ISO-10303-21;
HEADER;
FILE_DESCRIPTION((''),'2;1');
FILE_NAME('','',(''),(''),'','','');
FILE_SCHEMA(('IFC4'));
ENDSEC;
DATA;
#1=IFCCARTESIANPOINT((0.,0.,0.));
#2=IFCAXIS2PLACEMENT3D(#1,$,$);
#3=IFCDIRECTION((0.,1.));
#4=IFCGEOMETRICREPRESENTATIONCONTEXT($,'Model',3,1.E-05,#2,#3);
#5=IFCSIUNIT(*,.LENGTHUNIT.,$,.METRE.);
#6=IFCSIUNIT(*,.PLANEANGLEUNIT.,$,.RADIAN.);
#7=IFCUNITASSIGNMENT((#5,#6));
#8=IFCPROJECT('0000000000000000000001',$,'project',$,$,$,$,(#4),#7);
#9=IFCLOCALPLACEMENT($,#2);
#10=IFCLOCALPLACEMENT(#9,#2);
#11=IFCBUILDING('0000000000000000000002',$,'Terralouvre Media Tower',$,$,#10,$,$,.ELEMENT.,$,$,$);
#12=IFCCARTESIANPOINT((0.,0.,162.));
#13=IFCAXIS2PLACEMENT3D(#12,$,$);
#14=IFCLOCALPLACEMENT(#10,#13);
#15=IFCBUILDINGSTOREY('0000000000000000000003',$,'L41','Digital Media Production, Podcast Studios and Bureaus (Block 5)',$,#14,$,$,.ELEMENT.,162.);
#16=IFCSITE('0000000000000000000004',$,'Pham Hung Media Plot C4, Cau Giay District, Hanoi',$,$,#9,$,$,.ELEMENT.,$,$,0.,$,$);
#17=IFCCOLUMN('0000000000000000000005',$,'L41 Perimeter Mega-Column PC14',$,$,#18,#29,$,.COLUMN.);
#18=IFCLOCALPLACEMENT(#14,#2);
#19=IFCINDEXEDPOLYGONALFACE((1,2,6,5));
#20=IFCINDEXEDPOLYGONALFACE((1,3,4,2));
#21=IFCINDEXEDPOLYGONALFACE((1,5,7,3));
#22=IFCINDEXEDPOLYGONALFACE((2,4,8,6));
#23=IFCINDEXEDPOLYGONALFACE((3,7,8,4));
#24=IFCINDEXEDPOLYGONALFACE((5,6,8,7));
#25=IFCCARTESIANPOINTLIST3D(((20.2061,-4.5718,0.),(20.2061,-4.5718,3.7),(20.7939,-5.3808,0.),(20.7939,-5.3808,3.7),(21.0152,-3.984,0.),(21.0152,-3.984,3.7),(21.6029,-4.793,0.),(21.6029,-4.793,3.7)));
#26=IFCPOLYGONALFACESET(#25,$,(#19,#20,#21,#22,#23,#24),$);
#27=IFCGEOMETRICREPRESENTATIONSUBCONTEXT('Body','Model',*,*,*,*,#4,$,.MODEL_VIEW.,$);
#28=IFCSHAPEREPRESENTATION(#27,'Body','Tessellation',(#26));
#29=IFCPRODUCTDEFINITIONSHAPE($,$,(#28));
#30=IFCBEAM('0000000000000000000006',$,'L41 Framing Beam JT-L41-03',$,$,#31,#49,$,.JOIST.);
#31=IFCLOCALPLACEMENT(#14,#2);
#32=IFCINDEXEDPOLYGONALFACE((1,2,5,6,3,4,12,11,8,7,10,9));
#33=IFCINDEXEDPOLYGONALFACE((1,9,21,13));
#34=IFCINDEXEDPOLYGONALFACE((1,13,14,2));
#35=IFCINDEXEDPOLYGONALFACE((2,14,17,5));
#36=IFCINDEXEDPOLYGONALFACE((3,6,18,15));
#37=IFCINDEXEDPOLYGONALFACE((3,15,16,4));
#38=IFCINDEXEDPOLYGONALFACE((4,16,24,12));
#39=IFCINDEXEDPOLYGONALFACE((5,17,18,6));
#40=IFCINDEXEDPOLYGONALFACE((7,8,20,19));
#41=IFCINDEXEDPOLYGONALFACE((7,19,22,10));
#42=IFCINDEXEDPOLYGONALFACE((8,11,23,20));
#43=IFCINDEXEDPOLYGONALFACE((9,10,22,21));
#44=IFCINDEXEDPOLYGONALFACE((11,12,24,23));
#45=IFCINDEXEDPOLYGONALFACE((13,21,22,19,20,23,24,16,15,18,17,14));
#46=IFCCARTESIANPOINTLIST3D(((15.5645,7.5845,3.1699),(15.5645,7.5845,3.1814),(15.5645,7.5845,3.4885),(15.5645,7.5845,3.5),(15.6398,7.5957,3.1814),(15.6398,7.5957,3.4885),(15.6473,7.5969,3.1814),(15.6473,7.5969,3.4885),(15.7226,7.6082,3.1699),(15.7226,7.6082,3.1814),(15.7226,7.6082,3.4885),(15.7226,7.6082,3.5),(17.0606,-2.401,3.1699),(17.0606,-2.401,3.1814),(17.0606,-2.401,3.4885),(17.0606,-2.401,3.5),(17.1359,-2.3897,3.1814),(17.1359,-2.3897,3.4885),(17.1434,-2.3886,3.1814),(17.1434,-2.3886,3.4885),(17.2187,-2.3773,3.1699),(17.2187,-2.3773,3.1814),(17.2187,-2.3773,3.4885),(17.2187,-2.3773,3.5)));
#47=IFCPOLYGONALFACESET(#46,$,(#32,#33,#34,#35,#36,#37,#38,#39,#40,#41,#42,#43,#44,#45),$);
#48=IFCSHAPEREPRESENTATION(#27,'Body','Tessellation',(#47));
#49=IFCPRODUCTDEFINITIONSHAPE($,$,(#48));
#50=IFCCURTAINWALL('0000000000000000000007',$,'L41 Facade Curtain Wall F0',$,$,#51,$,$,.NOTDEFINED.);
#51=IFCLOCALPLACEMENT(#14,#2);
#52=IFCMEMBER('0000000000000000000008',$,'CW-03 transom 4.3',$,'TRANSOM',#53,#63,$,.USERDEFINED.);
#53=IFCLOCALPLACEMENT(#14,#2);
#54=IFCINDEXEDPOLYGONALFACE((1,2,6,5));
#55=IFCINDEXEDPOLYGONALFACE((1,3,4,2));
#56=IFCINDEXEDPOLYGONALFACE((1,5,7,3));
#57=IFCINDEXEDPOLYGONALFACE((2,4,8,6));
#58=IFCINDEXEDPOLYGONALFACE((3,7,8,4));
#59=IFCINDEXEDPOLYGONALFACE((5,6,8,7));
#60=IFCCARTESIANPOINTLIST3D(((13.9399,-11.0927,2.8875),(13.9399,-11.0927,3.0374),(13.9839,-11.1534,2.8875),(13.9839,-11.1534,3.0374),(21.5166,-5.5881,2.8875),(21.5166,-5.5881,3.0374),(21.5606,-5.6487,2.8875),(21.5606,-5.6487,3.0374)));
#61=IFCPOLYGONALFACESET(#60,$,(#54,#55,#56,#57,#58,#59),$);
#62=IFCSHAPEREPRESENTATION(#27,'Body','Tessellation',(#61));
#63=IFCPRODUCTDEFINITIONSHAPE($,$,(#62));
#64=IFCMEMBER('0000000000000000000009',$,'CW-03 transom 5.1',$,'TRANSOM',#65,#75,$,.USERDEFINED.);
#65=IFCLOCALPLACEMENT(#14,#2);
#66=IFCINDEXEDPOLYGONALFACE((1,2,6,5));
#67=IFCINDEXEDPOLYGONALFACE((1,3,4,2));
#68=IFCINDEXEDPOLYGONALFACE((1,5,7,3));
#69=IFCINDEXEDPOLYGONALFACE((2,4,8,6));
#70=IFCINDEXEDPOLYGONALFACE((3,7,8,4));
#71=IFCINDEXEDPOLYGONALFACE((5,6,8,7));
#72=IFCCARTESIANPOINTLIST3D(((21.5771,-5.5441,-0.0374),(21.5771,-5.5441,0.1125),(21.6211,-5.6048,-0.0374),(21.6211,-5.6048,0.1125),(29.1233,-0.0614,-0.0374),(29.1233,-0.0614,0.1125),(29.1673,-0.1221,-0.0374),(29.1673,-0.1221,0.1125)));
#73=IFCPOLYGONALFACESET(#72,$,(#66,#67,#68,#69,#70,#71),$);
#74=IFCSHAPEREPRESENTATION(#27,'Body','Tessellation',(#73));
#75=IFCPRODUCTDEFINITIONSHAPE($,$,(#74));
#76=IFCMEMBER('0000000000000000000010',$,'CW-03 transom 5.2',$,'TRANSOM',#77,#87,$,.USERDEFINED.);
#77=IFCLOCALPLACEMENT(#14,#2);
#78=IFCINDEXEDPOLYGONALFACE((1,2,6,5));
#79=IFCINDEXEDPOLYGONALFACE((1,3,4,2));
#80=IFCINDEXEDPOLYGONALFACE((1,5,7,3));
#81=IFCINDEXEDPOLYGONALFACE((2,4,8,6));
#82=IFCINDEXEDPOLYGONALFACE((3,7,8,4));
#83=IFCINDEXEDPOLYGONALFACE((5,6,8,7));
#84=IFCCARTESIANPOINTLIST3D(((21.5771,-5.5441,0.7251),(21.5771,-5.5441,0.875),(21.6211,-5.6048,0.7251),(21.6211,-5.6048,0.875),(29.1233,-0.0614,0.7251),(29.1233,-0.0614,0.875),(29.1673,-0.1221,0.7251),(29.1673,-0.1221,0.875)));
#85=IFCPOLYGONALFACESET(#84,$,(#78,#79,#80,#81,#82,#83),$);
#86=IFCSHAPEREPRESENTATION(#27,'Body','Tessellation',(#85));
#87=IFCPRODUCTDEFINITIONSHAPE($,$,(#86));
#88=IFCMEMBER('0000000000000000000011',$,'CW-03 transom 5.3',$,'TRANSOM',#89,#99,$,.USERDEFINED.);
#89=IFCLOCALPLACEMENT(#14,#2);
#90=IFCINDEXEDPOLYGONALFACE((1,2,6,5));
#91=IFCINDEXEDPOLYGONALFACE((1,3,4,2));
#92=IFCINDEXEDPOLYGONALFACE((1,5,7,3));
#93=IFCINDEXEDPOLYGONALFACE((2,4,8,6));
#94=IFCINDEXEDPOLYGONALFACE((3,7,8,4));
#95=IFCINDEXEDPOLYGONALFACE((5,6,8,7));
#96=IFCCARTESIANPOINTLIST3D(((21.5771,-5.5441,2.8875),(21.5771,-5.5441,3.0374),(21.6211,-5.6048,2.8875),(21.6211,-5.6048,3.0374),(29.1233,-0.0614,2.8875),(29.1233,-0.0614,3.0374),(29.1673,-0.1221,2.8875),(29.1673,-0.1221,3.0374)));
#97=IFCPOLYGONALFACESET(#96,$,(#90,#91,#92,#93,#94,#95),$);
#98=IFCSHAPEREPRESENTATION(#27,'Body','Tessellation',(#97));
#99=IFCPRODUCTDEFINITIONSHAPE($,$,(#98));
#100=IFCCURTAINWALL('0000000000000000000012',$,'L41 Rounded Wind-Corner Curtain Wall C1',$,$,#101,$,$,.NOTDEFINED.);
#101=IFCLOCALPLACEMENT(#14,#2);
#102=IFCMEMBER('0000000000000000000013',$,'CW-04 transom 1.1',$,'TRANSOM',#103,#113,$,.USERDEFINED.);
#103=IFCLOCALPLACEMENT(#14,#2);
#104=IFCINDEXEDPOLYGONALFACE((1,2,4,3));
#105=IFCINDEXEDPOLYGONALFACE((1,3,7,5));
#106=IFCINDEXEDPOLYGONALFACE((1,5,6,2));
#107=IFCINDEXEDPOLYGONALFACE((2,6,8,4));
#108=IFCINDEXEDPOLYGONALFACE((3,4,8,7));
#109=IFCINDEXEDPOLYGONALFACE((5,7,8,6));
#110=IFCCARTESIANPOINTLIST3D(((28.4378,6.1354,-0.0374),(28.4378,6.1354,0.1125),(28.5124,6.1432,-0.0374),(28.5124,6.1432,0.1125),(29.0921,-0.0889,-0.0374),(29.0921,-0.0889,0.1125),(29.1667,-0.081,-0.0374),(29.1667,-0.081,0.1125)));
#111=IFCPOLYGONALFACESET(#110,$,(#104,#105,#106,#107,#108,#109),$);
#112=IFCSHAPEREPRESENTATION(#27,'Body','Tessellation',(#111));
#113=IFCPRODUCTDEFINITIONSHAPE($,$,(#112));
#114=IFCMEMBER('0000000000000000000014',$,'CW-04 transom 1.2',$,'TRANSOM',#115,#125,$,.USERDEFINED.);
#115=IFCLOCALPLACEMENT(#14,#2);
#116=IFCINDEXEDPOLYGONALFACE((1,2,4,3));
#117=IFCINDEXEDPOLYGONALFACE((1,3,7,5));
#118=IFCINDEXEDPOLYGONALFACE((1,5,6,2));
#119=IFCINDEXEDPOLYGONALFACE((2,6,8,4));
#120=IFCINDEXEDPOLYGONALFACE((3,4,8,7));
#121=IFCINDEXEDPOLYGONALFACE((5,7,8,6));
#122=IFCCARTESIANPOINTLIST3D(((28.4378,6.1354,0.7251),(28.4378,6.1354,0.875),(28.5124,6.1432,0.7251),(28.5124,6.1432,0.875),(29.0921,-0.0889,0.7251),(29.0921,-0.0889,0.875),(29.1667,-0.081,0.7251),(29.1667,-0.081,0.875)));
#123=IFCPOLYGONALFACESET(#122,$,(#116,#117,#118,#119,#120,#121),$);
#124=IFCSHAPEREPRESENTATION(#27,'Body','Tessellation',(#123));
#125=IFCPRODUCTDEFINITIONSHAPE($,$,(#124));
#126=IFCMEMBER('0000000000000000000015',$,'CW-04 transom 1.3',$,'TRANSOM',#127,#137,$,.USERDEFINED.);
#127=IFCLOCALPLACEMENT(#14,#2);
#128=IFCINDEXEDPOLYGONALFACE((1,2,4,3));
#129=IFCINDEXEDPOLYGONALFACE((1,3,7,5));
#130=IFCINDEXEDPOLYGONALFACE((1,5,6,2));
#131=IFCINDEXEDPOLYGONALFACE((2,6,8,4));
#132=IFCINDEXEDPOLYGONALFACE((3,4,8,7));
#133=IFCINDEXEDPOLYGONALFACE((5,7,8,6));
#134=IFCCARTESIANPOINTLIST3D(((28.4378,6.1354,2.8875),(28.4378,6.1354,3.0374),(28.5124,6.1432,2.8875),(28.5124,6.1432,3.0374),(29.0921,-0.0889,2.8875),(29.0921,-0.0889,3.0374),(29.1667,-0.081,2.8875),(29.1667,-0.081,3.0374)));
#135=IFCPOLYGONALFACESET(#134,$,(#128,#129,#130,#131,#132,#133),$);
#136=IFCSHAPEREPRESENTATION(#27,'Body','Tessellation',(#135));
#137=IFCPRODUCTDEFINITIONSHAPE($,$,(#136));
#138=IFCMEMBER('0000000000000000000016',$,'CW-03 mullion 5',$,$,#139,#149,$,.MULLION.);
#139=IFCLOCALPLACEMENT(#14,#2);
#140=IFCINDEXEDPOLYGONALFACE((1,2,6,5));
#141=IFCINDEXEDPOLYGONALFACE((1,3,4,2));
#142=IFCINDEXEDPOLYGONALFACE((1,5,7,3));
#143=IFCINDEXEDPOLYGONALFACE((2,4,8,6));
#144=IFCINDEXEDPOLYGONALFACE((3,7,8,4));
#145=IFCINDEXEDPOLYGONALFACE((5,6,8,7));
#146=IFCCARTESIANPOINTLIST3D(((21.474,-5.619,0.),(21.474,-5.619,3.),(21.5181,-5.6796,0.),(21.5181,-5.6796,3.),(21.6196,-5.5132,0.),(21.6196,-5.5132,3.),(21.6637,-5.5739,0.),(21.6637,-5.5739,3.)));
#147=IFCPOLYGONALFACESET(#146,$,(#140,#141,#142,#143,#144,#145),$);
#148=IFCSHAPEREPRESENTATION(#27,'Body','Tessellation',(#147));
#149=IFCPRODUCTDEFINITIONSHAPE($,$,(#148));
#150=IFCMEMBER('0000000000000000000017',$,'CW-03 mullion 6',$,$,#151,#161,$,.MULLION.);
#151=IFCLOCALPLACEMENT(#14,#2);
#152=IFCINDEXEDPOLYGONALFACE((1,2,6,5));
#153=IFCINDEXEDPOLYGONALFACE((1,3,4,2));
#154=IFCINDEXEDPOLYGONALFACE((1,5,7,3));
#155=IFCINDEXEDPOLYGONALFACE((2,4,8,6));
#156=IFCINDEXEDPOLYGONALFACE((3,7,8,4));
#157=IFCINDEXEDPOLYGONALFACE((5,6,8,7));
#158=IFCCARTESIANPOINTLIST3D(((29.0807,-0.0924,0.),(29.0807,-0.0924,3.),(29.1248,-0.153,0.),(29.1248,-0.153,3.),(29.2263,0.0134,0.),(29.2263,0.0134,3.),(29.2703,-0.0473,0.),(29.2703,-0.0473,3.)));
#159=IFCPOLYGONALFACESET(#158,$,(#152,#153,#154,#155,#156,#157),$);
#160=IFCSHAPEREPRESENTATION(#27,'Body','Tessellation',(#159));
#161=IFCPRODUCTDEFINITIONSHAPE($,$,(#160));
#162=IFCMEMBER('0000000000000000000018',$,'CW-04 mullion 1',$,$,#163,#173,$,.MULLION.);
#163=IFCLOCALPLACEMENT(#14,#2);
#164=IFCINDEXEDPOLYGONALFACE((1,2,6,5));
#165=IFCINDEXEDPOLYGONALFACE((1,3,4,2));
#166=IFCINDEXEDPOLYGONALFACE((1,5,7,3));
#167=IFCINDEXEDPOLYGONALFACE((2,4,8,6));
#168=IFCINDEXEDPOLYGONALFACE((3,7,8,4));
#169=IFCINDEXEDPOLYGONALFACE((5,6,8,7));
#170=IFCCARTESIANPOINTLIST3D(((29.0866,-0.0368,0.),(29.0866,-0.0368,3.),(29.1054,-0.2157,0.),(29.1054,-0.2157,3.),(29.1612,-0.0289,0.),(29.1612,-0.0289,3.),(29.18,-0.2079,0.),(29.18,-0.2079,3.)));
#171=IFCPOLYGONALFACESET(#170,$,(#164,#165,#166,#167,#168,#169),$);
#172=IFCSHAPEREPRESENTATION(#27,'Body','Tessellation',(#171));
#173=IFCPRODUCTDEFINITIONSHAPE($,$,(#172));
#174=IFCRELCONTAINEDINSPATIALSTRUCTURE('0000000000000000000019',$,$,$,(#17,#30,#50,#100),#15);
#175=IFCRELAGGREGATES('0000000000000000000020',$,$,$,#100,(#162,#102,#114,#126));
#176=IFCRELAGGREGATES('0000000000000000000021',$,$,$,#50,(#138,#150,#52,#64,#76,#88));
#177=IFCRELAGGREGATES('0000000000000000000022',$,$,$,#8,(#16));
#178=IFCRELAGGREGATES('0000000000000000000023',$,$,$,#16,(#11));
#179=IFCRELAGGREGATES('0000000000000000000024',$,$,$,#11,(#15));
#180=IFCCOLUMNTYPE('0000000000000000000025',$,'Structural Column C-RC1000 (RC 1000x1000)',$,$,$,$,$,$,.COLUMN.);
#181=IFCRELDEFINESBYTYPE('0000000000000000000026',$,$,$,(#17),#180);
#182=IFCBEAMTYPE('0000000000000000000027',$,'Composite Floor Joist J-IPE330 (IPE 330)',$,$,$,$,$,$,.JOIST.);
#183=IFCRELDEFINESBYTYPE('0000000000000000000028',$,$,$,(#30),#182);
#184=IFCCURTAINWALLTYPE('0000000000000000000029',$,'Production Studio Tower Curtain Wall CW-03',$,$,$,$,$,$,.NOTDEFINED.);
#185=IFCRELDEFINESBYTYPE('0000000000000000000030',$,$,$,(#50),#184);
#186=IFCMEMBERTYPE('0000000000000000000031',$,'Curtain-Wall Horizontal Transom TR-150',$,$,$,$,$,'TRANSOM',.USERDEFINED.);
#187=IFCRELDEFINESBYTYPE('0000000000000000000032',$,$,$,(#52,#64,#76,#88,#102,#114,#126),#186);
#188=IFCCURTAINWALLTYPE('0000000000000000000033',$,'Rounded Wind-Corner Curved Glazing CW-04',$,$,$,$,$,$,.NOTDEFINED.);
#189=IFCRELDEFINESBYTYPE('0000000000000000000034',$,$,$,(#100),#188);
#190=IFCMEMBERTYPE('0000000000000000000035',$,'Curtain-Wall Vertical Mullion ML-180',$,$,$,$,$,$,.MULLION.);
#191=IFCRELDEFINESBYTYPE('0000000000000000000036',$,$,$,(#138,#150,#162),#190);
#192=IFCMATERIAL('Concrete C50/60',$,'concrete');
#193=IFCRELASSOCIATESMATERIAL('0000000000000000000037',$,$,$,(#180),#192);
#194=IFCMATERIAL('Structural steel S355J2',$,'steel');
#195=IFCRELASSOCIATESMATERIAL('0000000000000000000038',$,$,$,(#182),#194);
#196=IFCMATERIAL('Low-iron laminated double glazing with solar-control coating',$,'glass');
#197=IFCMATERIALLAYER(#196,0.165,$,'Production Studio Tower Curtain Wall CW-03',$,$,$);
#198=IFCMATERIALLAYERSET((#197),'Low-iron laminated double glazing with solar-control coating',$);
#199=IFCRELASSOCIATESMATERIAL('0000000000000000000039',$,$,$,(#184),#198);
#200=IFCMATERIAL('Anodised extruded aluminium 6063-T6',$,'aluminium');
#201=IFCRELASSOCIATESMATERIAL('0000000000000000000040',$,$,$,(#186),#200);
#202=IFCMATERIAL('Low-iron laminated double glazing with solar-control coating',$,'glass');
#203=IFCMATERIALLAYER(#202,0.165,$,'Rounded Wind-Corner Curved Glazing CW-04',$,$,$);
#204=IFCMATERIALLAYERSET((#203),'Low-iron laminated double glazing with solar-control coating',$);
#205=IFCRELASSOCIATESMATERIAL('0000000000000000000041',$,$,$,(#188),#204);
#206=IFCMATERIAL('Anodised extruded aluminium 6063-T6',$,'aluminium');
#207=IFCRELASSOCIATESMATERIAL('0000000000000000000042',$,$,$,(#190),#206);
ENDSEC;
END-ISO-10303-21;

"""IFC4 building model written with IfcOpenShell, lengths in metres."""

from ifc_helpers import new_model, si_unit, direction, frame, origin, origin_2d, place, context, subcontext, project, spatial, rectangle, i_section, extrude, material, layer, layer_set, material_profile, profile_set, type_object, element, aggregate, save


model = new_model("IFC4")

# Units and contexts
model_context = context("Model", 3, precision=1e-05, world=origin(), true_north=direction((0.0, 1.0)))
body_context = subcontext(model_context, "Body", "Model", "MODEL_VIEW")
ifc_project = project(units=[si_unit("LENGTHUNIT", "METRE"), si_unit("PLANEANGLEUNIT", "RADIAN")], contexts=[model_context])

# Site, building, storey
site_placement = place(None, origin())
site = spatial("IfcSite", under=ifc_project, at=site_placement, Name="Pham Hung Media Plot C4, Cau Giay District, Hanoi", CompositionType="ELEMENT", RefElevation=0.0)
building_placement = place(site_placement, origin())
building = spatial("IfcBuilding", under=site, at=building_placement, Name="Terralouvre Media Tower", CompositionType="ELEMENT")
storey_placement = place(building_placement, frame((0.0, 0.0, 162.0)))
storey = spatial("IfcBuildingStorey", under=building, at=storey_placement, Name="L41", Description="Digital Media Production, Podcast Studios and Bureaus (Block 5)", CompositionType="ELEMENT", Elevation=162.0)

# Column
ifc_material_1 = material(Name="Concrete C50/60", Category="concrete")
ifc_material_profile_1 = material_profile(ifc_material_1, rectangle(XDim=1.0, YDim=1.0, at=origin_2d()), Name="RC 1000x1000")
ifc_profile_set_1 = profile_set([ifc_material_profile_1], Name="Concrete C50/60")
column_type = type_object("IfcColumnType", Name="Structural Column C-RC1000 (RC 1000x1000)", PredefinedType="COLUMN", material=ifc_profile_set_1)
column_placement = place(storey_placement, frame((20.9045, -4.6824, 0.0), z_axis=(0.0, 0.0, 1.0), x_axis=(0.809017, 0.587785, 0.0)))
element("IfcColumn", 1, at=column_placement, inside=storey, type_object=column_type, Name="L41 Perimeter Mega-Column PC14", PredefinedType="COLUMN", context=body_context, shape_type="SweptSolid", body=[
    extrude(rectangle(XDim=1.0, YDim=1.0, at=origin_2d()), origin(), (0.0, 0.0, 1.0), 3.7),
])

# Beam
ifc_material_2 = material(Name="Structural steel S355J2", Category="steel")
ifc_material_profile_2 = material_profile(ifc_material_2, i_section(OverallWidth=0.1599, OverallDepth=0.3301, WebThickness=0.0076, FlangeThickness=0.0115, at=origin_2d()), Name="IPE 330")
ifc_profile_set_2 = profile_set([ifc_material_profile_2], Name="Structural steel S355J2")
beam_type_1 = type_object("IfcBeamType", Name="Composite Floor Joist J-IPE330 (IPE 330)", PredefinedType="JOIST", material=ifc_profile_set_2)
beam_1_placement = place(storey_placement, frame((17.1396, -2.3892, 3.335), z_axis=(-0.148175, 0.988961, 0.0), x_axis=(-0.988961, -0.148175, 0.0)))
element("IfcBeam", 2, at=beam_1_placement, inside=storey, type_object=beam_type_1, Name="L41 Framing Beam JT-L41-03", PredefinedType="JOIST", context=body_context, shape_type="SweptSolid", body=[
    extrude(i_section(OverallWidth=0.1599, OverallDepth=0.3301, WebThickness=0.0076, FlangeThickness=0.0115, at=origin_2d()), origin(), (0.0, 0.0, 1.0), 10.0969),
])

# Curtain walls, members
ifc_material_3 = material(Name="Low-iron laminated double glazing with solar-control coating", Category="glass")
ifc_layer_1 = layer(ifc_material_3, 0.165, Name="Production Studio Tower Curtain Wall CW-03")
ifc_layer_set_1 = layer_set([ifc_layer_1], Name="Low-iron laminated double glazing with solar-control coating")
curtain_wall_type_1 = type_object("IfcCurtainWallType", Name="Production Studio Tower Curtain Wall CW-03", PredefinedType="NOTDEFINED", material=ifc_layer_set_1)
curtain_wall_1_placement = place(storey_placement, origin())
curtain_wall_1 = element("IfcCurtainWall", 3, at=curtain_wall_1_placement, inside=storey, type_object=curtain_wall_type_1, Name="L41 Facade Curtain Wall F0", PredefinedType="NOTDEFINED")
ifc_material_4 = material(Name="Anodised extruded aluminium 6063-T6", Category="aluminium")
ifc_material_profile_3 = material_profile(ifc_material_4, rectangle(XDim=0.075, YDim=0.1499, at=origin_2d()), Name="ALU 75x150")
ifc_profile_set_3 = profile_set([ifc_material_profile_3], Name="Anodised extruded aluminium 6063-T6")
member_type_1 = type_object("IfcMemberType", Name="Curtain-Wall Horizontal Transom TR-150", ElementType="TRANSOM", PredefinedType="USERDEFINED", material=ifc_profile_set_3)
member_1_placement = place(storey_placement, frame((13.9619, -11.123, 2.9624), z_axis=(0.809023, 0.587776, 0.0), x_axis=(-0.587776, 0.809023, 0.0)))
member_1 = element("IfcMember", 4, at=member_1_placement, type_object=member_type_1, Name="CW-03 transom 4.3", ObjectType="TRANSOM", PredefinedType="USERDEFINED", context=body_context, shape_type="SweptSolid", body=[
    extrude(rectangle(XDim=0.075, YDim=0.1499, at=origin_2d()), origin(), (0.0, 0.0, 1.0), 9.3652),
])
member_2_placement = place(storey_placement, frame((21.5991, -5.5745, 0.0376), z_axis=(0.809013, 0.58779, 0.0), x_axis=(-0.58779, 0.809013, 0.0)))
member_2 = element("IfcMember", 5, at=member_2_placement, type_object=member_type_1, Name="CW-03 transom 5.1", ObjectType="TRANSOM", PredefinedType="USERDEFINED", context=body_context, shape_type="SweptSolid", body=[
    extrude(rectangle(XDim=0.075, YDim=0.1499, at=origin_2d()), origin(), (0.0, 0.0, 1.0), 9.3276),
])
member_3_placement = place(storey_placement, frame((21.5991, -5.5745, 0.8), z_axis=(0.809013, 0.58779, 0.0), x_axis=(-0.58779, 0.809013, 0.0)))
member_3 = element("IfcMember", 6, at=member_3_placement, type_object=member_type_1, Name="CW-03 transom 5.2", ObjectType="TRANSOM", PredefinedType="USERDEFINED", context=body_context, shape_type="SweptSolid", body=[
    extrude(rectangle(XDim=0.075, YDim=0.1499, at=origin_2d()), origin(), (0.0, 0.0, 1.0), 9.3276),
])
member_4_placement = place(storey_placement, frame((21.5991, -5.5745, 2.9624), z_axis=(0.809013, 0.58779, 0.0), x_axis=(-0.58779, 0.809013, 0.0)))
member_4 = element("IfcMember", 7, at=member_4_placement, type_object=member_type_1, Name="CW-03 transom 5.3", ObjectType="TRANSOM", PredefinedType="USERDEFINED", context=body_context, shape_type="SweptSolid", body=[
    extrude(rectangle(XDim=0.075, YDim=0.1499, at=origin_2d()), origin(), (0.0, 0.0, 1.0), 9.3276),
])
ifc_material_5 = material(Name="Low-iron laminated double glazing with solar-control coating", Category="glass")
ifc_layer_2 = layer(ifc_material_5, 0.165, Name="Rounded Wind-Corner Curved Glazing CW-04")
ifc_layer_set_2 = layer_set([ifc_layer_2], Name="Low-iron laminated double glazing with solar-control coating")
curtain_wall_type_2 = type_object("IfcCurtainWallType", Name="Rounded Wind-Corner Curved Glazing CW-04", PredefinedType="NOTDEFINED", material=ifc_layer_set_2)
curtain_wall_2_placement = place(storey_placement, origin())
curtain_wall_2 = element("IfcCurtainWall", 8, at=curtain_wall_2_placement, inside=storey, type_object=curtain_wall_type_2, Name="L41 Rounded Wind-Corner Curtain Wall C1", PredefinedType="NOTDEFINED")
member_5_placement = place(storey_placement, frame((29.1294, -0.085, 0.0376), z_axis=(-0.104543, 0.99452, 0.0), x_axis=(-0.99452, -0.104543, 0.0)))
member_5 = element("IfcMember", 9, at=member_5_placement, type_object=member_type_1, Name="CW-04 transom 1.1", ObjectType="TRANSOM", PredefinedType="USERDEFINED", context=body_context, shape_type="SweptSolid", body=[
    extrude(rectangle(XDim=0.075, YDim=0.1499, at=origin_2d()), origin(), (0.0, 0.0, 1.0), 6.2585),
])
member_6_placement = place(storey_placement, frame((29.1294, -0.085, 0.8), z_axis=(-0.104543, 0.99452, 0.0), x_axis=(-0.99452, -0.104543, 0.0)))
member_6 = element("IfcMember", 10, at=member_6_placement, type_object=member_type_1, Name="CW-04 transom 1.2", ObjectType="TRANSOM", PredefinedType="USERDEFINED", context=body_context, shape_type="SweptSolid", body=[
    extrude(rectangle(XDim=0.075, YDim=0.1499, at=origin_2d()), origin(), (0.0, 0.0, 1.0), 6.2585),
])
member_7_placement = place(storey_placement, frame((29.1294, -0.085, 2.9624), z_axis=(-0.104543, 0.99452, 0.0), x_axis=(-0.99452, -0.104543, 0.0)))
member_7 = element("IfcMember", 11, at=member_7_placement, type_object=member_type_1, Name="CW-04 transom 1.3", ObjectType="TRANSOM", PredefinedType="USERDEFINED", context=body_context, shape_type="SweptSolid", body=[
    extrude(rectangle(XDim=0.075, YDim=0.1499, at=origin_2d()), origin(), (0.0, 0.0, 1.0), 6.2585),
])

# Members
ifc_material_6 = material(Name="Anodised extruded aluminium 6063-T6", Category="aluminium")
ifc_material_profile_4 = material_profile(ifc_material_6, rectangle(XDim=0.075, YDim=0.1799, at=origin_2d()), Name="ALU 75x180")
ifc_profile_set_4 = profile_set([ifc_material_profile_4], Name="Anodised extruded aluminium 6063-T6")
member_type_2 = type_object("IfcMemberType", Name="Curtain-Wall Vertical Mullion ML-180", PredefinedType="MULLION", material=ifc_profile_set_4)
member_8_placement = place(storey_placement, frame((21.5688, -5.5964, 0.0), z_axis=(0.0, 0.0, 1.0), x_axis=(-0.587785, 0.809017, 0.0)))
member_8 = element("IfcMember", 12, at=member_8_placement, type_object=member_type_2, Name="CW-03 mullion 5", PredefinedType="MULLION", context=body_context, shape_type="SweptSolid", body=[
    extrude(rectangle(XDim=0.075, YDim=0.1799, at=origin_2d()), origin(), (0.0, 0.0, 1.0), 3.0),
])
member_9_placement = place(storey_placement, frame((29.1755, -0.0698, 0.0), z_axis=(0.0, 0.0, 1.0), x_axis=(-0.587785, 0.809017, 0.0)))
member_9 = element("IfcMember", 13, at=member_9_placement, type_object=member_type_2, Name="CW-03 mullion 6", PredefinedType="MULLION", context=body_context, shape_type="SweptSolid", body=[
    extrude(rectangle(XDim=0.075, YDim=0.1799, at=origin_2d()), origin(), (0.0, 0.0, 1.0), 3.0),
])
member_10_placement = place(storey_placement, frame((29.1333, -0.1223, 0.0), z_axis=(0.0, 0.0, 1.0), x_axis=(-0.994522, -0.104529, 0.0)))
member_10 = element("IfcMember", 14, at=member_10_placement, type_object=member_type_2, Name="CW-04 mullion 1", PredefinedType="MULLION", context=body_context, shape_type="SweptSolid", body=[
    extrude(rectangle(XDim=0.075, YDim=0.1799, at=origin_2d()), origin(), (0.0, 0.0, 1.0), 3.0),
])
aggregate(curtain_wall_2, [member_10, member_5, member_6, member_7])

aggregate(curtain_wall_1, [member_8, member_9, member_1, member_2, member_3, member_4])

save(model, "model.ifc")
